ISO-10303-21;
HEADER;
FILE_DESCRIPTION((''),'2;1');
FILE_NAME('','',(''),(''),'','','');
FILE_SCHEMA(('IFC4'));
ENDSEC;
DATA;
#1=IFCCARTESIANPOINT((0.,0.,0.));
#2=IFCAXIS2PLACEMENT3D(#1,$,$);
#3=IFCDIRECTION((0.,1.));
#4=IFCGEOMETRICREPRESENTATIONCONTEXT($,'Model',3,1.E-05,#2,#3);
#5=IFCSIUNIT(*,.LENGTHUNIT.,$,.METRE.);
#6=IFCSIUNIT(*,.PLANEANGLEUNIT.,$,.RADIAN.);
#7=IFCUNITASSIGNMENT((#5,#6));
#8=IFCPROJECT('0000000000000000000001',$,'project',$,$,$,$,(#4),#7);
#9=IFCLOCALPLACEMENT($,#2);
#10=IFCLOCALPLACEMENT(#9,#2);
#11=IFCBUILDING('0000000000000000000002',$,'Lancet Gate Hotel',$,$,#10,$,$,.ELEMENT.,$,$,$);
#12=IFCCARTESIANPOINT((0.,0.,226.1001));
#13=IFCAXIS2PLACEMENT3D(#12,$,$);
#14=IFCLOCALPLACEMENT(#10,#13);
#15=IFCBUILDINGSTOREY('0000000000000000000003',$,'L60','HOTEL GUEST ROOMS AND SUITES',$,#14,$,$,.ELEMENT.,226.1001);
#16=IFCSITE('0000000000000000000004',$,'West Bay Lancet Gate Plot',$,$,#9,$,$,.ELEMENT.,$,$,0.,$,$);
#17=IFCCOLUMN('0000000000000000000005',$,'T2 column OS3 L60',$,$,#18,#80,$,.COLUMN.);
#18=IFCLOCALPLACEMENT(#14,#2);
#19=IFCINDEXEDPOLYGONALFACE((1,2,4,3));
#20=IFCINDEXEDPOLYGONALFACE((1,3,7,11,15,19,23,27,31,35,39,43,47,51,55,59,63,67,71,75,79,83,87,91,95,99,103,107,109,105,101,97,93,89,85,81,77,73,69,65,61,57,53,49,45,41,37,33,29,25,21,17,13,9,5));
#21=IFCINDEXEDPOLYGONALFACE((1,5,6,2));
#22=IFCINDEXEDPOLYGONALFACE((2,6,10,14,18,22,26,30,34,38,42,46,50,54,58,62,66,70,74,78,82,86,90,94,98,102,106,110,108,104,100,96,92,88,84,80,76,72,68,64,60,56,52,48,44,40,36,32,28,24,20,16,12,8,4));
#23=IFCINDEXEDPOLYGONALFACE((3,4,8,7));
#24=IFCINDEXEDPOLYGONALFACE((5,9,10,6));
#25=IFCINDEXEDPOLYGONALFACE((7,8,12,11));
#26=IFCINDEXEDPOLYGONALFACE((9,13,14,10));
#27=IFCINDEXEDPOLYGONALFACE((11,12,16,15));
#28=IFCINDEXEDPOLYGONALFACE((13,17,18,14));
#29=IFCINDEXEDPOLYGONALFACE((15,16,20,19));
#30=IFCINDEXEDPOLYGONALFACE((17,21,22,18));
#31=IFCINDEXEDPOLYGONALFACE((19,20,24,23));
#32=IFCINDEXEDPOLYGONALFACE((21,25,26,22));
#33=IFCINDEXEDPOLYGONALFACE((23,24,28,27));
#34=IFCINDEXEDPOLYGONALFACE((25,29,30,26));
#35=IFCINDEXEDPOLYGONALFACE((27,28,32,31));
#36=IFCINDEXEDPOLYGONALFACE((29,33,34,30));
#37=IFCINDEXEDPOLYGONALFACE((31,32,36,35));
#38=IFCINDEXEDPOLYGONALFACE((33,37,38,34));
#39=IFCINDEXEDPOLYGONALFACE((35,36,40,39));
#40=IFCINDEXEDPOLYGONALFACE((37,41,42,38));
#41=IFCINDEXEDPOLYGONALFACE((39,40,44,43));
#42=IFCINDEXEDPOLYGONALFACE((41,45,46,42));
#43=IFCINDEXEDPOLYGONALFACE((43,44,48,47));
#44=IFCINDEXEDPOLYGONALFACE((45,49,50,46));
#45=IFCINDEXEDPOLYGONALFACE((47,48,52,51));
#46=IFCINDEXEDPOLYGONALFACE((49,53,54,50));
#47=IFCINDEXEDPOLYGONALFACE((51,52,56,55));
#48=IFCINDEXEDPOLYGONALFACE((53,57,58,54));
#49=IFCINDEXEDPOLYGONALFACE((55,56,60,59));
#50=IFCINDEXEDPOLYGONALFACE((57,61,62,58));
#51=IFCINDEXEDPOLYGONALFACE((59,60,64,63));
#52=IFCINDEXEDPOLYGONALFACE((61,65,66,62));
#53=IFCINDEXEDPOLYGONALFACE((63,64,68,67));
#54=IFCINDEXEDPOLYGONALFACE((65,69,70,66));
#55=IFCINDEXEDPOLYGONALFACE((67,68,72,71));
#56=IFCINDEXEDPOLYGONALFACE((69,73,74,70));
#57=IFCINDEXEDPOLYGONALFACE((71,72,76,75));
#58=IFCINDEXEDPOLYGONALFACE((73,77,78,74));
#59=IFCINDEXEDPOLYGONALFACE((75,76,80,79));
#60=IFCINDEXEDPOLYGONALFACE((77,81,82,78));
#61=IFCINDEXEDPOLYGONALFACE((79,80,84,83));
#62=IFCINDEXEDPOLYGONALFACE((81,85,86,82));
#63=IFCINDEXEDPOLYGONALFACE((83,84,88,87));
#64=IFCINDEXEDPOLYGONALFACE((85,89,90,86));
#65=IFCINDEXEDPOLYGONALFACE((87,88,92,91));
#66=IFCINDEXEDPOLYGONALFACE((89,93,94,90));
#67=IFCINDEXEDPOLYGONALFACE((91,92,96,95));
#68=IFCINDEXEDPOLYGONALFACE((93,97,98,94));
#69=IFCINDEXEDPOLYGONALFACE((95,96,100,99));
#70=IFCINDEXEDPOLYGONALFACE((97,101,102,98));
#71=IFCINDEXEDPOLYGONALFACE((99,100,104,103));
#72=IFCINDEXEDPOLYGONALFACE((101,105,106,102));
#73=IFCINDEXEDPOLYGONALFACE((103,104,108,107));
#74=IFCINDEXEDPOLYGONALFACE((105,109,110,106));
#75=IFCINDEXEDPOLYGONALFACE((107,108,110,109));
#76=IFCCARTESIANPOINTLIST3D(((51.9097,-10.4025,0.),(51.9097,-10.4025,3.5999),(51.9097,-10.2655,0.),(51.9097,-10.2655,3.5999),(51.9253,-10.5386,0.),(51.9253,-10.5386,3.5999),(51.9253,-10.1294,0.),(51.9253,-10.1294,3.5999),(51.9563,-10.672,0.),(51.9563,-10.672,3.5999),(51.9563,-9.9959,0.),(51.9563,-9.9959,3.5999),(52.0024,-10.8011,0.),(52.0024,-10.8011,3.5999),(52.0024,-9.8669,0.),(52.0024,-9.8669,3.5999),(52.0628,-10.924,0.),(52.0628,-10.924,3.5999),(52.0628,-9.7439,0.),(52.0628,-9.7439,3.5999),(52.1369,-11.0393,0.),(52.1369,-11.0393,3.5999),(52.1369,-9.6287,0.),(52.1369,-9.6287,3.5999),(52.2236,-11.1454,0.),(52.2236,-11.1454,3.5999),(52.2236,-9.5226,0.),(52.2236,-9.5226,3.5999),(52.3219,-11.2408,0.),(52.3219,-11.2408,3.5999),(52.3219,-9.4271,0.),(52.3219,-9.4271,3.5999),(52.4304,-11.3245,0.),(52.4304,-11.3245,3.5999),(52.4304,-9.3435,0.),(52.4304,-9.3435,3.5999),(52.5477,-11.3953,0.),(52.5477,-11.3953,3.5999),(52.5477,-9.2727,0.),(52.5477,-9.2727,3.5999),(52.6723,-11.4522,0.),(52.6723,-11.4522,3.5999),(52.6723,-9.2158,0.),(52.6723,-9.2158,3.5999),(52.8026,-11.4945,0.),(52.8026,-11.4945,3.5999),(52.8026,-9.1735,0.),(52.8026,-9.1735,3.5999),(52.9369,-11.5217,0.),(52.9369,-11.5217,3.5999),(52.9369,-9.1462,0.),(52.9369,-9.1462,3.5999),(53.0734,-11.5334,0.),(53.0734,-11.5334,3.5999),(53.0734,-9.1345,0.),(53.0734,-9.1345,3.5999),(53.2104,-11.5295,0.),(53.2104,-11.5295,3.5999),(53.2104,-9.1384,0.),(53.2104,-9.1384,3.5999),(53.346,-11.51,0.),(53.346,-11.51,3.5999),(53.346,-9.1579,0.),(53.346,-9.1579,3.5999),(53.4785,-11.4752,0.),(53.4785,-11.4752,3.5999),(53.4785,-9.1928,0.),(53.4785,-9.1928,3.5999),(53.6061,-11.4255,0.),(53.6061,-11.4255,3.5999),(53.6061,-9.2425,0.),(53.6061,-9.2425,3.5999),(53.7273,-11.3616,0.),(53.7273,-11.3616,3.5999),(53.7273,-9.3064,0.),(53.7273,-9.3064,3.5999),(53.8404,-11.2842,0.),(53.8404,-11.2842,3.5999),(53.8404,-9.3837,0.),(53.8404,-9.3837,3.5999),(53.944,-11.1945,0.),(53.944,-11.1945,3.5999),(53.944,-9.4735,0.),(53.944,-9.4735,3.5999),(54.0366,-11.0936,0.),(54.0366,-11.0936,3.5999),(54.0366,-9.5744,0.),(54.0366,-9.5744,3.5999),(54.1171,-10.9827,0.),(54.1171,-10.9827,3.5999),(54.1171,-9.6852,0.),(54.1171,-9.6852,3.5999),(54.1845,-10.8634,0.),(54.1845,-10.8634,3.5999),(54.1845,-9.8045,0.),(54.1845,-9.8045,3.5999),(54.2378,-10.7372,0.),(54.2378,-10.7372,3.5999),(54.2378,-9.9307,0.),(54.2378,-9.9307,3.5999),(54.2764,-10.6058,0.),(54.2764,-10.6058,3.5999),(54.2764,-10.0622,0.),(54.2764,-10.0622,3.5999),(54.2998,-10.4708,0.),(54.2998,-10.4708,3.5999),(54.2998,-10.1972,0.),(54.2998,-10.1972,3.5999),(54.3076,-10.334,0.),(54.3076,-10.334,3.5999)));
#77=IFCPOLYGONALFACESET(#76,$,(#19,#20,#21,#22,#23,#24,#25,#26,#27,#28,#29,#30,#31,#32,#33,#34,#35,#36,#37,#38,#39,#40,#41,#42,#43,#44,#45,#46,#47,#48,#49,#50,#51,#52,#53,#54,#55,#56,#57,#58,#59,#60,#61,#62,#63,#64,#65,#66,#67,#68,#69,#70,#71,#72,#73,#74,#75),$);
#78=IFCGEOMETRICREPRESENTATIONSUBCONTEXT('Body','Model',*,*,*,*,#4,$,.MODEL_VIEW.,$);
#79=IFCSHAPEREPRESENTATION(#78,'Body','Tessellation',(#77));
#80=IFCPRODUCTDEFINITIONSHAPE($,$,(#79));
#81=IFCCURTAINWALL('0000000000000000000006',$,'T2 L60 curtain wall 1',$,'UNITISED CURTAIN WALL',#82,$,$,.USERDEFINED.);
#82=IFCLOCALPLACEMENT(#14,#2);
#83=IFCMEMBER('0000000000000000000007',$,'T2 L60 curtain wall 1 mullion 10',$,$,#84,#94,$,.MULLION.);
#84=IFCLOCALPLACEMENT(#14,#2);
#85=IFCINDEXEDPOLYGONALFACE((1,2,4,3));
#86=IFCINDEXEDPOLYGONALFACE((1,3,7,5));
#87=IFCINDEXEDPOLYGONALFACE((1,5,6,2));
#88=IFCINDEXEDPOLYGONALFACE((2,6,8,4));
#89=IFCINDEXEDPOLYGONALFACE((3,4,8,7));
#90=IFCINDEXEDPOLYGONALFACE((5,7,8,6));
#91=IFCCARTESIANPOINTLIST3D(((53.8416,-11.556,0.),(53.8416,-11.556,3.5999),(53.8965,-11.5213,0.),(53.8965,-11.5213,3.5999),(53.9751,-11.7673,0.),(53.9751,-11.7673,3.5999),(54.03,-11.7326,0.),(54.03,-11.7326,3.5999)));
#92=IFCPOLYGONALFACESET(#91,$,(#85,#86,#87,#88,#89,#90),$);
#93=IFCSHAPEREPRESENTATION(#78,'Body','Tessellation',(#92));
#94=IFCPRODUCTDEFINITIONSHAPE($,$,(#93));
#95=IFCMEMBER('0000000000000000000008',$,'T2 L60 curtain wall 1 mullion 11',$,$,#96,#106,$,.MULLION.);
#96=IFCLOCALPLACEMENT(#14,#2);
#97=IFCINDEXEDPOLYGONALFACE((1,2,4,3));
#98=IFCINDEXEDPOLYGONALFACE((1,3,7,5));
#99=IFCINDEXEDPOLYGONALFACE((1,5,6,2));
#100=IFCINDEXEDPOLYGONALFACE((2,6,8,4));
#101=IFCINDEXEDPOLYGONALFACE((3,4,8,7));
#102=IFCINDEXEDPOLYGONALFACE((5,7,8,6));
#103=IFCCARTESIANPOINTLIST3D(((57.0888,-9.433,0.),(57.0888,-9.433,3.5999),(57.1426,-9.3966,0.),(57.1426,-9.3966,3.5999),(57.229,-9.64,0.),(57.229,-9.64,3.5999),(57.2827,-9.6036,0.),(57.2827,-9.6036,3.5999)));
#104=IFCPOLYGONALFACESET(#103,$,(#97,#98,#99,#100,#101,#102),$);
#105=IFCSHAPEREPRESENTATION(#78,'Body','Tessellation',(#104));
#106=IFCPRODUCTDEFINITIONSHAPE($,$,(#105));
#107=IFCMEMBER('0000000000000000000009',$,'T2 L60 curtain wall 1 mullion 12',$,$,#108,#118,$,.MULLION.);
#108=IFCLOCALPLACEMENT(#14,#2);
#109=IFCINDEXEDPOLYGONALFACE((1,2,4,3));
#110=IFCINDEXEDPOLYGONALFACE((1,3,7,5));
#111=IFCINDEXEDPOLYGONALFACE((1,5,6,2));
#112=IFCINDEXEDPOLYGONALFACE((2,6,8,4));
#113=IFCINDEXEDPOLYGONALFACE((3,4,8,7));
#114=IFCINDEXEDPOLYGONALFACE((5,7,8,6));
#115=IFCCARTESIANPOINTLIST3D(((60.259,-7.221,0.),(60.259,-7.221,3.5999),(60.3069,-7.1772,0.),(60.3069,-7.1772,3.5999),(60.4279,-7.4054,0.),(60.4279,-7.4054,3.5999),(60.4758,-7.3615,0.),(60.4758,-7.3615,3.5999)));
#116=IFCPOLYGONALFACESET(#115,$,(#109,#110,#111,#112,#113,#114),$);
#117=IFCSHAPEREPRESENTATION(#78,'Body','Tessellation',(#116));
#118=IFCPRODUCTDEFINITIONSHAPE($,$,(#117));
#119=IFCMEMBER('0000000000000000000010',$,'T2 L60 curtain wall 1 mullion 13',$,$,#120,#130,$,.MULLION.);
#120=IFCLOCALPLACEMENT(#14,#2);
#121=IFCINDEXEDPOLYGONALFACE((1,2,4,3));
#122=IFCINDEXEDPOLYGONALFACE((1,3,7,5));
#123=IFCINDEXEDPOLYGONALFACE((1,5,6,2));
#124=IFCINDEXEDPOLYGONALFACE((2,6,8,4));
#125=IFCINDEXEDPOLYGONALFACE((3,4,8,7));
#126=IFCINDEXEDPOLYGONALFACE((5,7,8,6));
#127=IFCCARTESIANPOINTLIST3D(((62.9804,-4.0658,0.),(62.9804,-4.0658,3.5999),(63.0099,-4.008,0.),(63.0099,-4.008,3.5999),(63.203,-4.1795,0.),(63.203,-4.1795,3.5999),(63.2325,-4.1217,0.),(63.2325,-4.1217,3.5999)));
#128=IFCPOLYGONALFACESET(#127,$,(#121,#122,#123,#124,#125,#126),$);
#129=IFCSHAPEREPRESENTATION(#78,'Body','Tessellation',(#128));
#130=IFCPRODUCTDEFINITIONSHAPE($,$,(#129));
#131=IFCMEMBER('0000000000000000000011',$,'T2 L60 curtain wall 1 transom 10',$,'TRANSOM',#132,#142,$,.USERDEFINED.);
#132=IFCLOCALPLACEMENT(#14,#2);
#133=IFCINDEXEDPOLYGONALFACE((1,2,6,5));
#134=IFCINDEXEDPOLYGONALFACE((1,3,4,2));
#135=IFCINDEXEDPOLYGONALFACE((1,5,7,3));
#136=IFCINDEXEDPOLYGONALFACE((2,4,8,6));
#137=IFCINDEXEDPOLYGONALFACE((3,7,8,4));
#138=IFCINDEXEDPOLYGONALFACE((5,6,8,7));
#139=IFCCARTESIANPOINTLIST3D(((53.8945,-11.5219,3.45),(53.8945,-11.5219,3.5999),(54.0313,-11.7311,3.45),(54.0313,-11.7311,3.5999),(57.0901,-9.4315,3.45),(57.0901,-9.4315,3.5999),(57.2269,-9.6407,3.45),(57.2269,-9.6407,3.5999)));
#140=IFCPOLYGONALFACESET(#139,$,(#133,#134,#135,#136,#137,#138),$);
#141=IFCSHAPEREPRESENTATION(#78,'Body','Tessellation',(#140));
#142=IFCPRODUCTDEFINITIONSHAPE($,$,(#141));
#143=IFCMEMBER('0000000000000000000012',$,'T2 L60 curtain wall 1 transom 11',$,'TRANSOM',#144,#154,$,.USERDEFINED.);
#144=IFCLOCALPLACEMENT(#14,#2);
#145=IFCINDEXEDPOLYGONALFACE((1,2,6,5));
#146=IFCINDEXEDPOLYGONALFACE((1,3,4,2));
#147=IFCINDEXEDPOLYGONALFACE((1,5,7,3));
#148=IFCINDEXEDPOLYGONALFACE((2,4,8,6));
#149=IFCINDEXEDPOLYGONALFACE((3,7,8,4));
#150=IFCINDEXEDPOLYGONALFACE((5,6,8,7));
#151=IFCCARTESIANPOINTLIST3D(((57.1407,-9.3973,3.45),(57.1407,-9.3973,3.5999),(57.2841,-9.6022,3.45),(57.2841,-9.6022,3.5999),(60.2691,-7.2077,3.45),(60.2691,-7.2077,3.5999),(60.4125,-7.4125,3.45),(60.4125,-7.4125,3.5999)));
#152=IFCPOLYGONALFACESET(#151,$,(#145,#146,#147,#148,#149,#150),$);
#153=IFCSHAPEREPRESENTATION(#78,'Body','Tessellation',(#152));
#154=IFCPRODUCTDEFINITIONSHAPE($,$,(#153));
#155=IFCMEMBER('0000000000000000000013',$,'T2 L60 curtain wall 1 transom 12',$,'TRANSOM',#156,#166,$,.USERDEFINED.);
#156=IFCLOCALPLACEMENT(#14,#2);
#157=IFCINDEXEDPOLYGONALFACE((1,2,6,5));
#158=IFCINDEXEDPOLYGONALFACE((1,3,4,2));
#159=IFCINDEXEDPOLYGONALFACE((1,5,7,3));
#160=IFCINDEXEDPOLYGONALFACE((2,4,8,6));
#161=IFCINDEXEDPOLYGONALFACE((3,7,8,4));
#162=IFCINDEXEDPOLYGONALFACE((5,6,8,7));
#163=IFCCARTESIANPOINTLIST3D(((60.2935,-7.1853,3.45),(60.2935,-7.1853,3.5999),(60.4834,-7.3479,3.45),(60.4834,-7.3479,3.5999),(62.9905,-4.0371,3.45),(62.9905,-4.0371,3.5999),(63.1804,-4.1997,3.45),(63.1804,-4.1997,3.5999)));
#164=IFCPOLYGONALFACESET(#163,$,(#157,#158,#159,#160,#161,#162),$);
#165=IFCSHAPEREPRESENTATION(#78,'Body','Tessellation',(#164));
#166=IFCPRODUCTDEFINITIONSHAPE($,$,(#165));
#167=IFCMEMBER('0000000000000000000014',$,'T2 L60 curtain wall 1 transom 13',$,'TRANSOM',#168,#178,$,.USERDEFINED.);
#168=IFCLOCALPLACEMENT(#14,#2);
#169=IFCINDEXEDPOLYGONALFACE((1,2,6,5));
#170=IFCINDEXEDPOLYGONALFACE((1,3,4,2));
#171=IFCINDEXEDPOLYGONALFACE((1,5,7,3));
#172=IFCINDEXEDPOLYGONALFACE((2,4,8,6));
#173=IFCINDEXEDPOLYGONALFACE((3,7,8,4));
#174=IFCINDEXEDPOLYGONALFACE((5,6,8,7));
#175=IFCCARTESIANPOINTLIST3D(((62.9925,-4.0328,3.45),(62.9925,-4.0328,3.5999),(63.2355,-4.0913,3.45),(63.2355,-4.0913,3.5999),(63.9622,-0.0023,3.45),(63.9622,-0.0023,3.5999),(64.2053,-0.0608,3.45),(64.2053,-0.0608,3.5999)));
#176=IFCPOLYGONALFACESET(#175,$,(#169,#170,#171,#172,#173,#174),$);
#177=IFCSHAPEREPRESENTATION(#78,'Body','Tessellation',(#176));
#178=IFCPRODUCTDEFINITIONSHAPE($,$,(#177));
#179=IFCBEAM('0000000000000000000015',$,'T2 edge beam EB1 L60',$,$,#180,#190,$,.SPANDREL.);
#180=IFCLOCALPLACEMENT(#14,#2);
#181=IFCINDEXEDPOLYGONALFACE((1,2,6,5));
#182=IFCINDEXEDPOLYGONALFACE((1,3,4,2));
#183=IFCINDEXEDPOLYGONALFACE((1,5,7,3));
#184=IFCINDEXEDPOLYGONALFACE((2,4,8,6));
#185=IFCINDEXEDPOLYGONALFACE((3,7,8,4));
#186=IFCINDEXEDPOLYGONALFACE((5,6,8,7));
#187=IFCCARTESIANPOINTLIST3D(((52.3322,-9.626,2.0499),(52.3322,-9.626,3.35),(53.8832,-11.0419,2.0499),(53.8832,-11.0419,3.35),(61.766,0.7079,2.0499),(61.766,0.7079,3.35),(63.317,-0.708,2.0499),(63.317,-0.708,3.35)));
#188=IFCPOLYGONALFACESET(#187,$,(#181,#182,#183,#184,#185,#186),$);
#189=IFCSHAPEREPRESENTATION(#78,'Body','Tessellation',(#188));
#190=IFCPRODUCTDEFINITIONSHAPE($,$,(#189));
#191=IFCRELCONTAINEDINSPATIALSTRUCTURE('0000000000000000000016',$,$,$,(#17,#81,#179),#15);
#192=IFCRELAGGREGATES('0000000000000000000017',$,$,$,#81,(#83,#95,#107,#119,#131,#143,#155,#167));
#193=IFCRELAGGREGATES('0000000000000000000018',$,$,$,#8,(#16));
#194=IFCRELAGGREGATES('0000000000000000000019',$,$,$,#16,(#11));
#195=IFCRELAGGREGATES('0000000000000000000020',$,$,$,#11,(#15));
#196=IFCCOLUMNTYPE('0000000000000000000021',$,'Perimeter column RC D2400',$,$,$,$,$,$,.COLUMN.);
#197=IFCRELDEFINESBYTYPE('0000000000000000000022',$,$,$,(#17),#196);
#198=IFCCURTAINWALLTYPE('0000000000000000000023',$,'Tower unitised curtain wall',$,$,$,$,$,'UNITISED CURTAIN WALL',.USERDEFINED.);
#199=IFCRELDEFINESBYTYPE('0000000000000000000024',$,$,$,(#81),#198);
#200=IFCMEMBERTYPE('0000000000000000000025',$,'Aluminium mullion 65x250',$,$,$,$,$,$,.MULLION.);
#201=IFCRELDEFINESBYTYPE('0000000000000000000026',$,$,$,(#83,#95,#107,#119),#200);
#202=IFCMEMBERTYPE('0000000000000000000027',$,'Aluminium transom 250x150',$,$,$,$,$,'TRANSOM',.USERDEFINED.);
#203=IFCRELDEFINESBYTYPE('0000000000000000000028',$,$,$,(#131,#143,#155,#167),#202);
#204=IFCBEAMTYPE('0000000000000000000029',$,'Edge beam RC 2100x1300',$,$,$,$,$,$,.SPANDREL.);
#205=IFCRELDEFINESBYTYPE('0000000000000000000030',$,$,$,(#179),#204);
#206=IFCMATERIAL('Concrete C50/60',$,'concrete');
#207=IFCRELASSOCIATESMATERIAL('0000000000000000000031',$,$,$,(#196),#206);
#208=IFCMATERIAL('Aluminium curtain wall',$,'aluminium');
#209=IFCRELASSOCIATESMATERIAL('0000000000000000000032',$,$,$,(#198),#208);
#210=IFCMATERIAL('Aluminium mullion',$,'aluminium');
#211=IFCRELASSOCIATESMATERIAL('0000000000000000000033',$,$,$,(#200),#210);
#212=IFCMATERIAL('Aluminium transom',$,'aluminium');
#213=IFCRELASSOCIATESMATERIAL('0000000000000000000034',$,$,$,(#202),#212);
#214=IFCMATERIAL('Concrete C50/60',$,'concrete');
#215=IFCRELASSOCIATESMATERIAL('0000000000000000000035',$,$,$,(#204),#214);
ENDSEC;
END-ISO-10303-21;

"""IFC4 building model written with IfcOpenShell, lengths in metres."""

from ifc_helpers import new_model, si_unit, direction, frame, origin, origin_2d, place, context, subcontext, project, spatial, rectangle, circle, extrude, material, material_profile, profile_set, type_object, element, aggregate, save


model = new_model("IFC4")

# Units and contexts
model_context = context("Model", 3, precision=1e-05, world=origin(), true_north=direction((0.0, 1.0)))
body_context = subcontext(model_context, "Body", "Model", "MODEL_VIEW")
ifc_project = project(units=[si_unit("LENGTHUNIT", "METRE"), si_unit("PLANEANGLEUNIT", "RADIAN")], contexts=[model_context])

# Site, building, storey
site_placement = place(None, origin())
site = spatial("IfcSite", under=ifc_project, at=site_placement, Name="West Bay Lancet Gate Plot", CompositionType="ELEMENT", RefElevation=0.0)
building_placement = place(site_placement, origin())
building = spatial("IfcBuilding", under=site, at=building_placement, Name="Lancet Gate Hotel", CompositionType="ELEMENT")
storey_placement = place(building_placement, frame((0.0, 0.0, 226.1001)))
storey = spatial("IfcBuildingStorey", under=building, at=storey_placement, Name="L60", Description="HOTEL GUEST ROOMS AND SUITES", CompositionType="ELEMENT", Elevation=226.1001)

# Column
ifc_material_1 = material(Name="Concrete C50/60", Category="concrete")
ifc_material_profile_1 = material_profile(ifc_material_1, circle(Radius=1.2, at=origin_2d()), Name="RC D2400")
ifc_profile_set_1 = profile_set([ifc_material_profile_1], Name="Concrete C50/60")
column_type = type_object("IfcColumnType", Name="Perimeter column RC D2400", PredefinedType="COLUMN", material=ifc_profile_set_1)
column_placement = place(storey_placement, frame((53.1077, -10.334, 0.0), z_axis=(0.0, 0.0, 1.0), x_axis=(1.0, 0.0, 0.0)))
element("IfcColumn", 1, at=column_placement, inside=storey, type_object=column_type, Name="T2 column OS3 L60", PredefinedType="COLUMN", context=body_context, shape_type="SweptSolid", body=[
    extrude(circle(Radius=1.2, at=origin_2d()), origin(), (0.0, 0.0, 1.0), 3.5999),
])

# Curtain wall, members
ifc_material_2 = material(Name="Aluminium curtain wall", Category="aluminium")
curtain_wall_type = type_object("IfcCurtainWallType", Name="Tower unitised curtain wall", ElementType="UNITISED CURTAIN WALL", PredefinedType="USERDEFINED", material=ifc_material_2)
curtain_wall_placement = place(storey_placement, origin())
curtain_wall = element("IfcCurtainWall", 2, at=curtain_wall_placement, inside=storey, type_object=curtain_wall_type, Name="T2 L60 curtain wall 1", ObjectType="UNITISED CURTAIN WALL", PredefinedType="USERDEFINED")
ifc_material_3 = material(Name="Aluminium mullion", Category="aluminium")
ifc_material_profile_2 = material_profile(ifc_material_3, rectangle(XDim=0.0649, YDim=0.25, at=origin_2d()), Name="MULLION 65x250")
ifc_profile_set_2 = profile_set([ifc_material_profile_2], Name="Aluminium mullion")
member_type_1 = type_object("IfcMemberType", Name="Aluminium mullion 65x250", PredefinedType="MULLION", material=ifc_profile_set_2)
member_1_placement = place(storey_placement, frame((53.9358, -11.6443, 0.0), z_axis=(0.0, 0.0, 1.0), x_axis=(0.84534, 0.534229, 0.0)))
member_1 = element("IfcMember", 3, at=member_1_placement, type_object=member_type_1, Name="T2 L60 curtain wall 1 mullion 10", PredefinedType="MULLION", context=body_context, shape_type="SweptSolid", body=[
    extrude(rectangle(XDim=0.0649, YDim=0.25, at=origin_2d()), origin(), (0.0, 0.0, 1.0), 3.5999),
])
member_2_placement = place(storey_placement, frame((57.1858, -9.5183, 0.0), z_axis=(0.0, 0.0, 1.0), x_axis=(0.828155, 0.5605, 0.0)))
member_2 = element("IfcMember", 4, at=member_2_placement, type_object=member_type_1, Name="T2 L60 curtain wall 1 mullion 11", PredefinedType="MULLION", context=body_context, shape_type="SweptSolid", body=[
    extrude(rectangle(XDim=0.0649, YDim=0.25, at=origin_2d()), origin(), (0.0, 0.0, 1.0), 3.5999),
])
member_3_placement = place(storey_placement, frame((60.3674, -7.2913, 0.0), z_axis=(0.0, 0.0, 1.0), x_axis=(0.737323, 0.67554, 0.0)))
member_3 = element("IfcMember", 5, at=member_3_placement, type_object=member_type_1, Name="T2 L60 curtain wall 1 mullion 12", PredefinedType="MULLION", context=body_context, shape_type="SweptSolid", body=[
    extrude(rectangle(XDim=0.0649, YDim=0.25, at=origin_2d()), origin(), (0.0, 0.0, 1.0), 3.5999),
])
member_4_placement = place(storey_placement, frame((63.1064, -4.0938, 0.0), z_axis=(0.0, 0.0, 1.0), x_axis=(0.454853, 0.890567, 0.0)))
member_4 = element("IfcMember", 6, at=member_4_placement, type_object=member_type_1, Name="T2 L60 curtain wall 1 mullion 13", PredefinedType="MULLION", context=body_context, shape_type="SweptSolid", body=[
    extrude(rectangle(XDim=0.0649, YDim=0.25, at=origin_2d()), origin(), (0.0, 0.0, 1.0), 3.5999),
])
ifc_material_4 = material(Name="Aluminium transom", Category="aluminium")
ifc_material_profile_3 = material_profile(ifc_material_4, rectangle(XDim=0.25, YDim=0.1499, at=origin_2d()), Name="TRANSOM 250x150")
ifc_profile_set_3 = profile_set([ifc_material_profile_3], Name="Aluminium transom")
member_type_2 = type_object("IfcMemberType", Name="Aluminium transom 250x150", ElementType="TRANSOM", PredefinedType="USERDEFINED", material=ifc_profile_set_3)
member_5_placement = place(storey_placement, frame((53.9629, -11.6265, 3.5249), z_axis=(0.836858, 0.54742, 0.0), x_axis=(-0.54742, 0.836858, 0.0)))
member_5 = element("IfcMember", 7, at=member_5_placement, type_object=member_type_2, Name="T2 L60 curtain wall 1 transom 10", ObjectType="TRANSOM", PredefinedType="USERDEFINED", context=body_context, shape_type="SweptSolid", body=[
    extrude(rectangle(XDim=0.25, YDim=0.1499, at=origin_2d()), origin(), (0.0, 0.0, 1.0), 3.8186),
])
member_6_placement = place(storey_placement, frame((57.2124, -9.4998, 3.5249), z_axis=(0.819256, 0.573428, 0.0), x_axis=(-0.573428, 0.819256, 0.0)))
member_6 = element("IfcMember", 8, at=member_6_placement, type_object=member_type_2, Name="T2 L60 curtain wall 1 transom 11", ObjectType="TRANSOM", PredefinedType="USERDEFINED", context=body_context, shape_type="SweptSolid", body=[
    extrude(rectangle(XDim=0.25, YDim=0.1499, at=origin_2d()), origin(), (0.0, 0.0, 1.0), 3.8186),
])
member_7_placement = place(storey_placement, frame((60.3884, -7.2666, 3.5249), z_axis=(0.650593, 0.759427, 0.0), x_axis=(-0.759427, 0.650593, 0.0)))
member_7 = element("IfcMember", 9, at=member_7_placement, type_object=member_type_2, Name="T2 L60 curtain wall 1 transom 12", ObjectType="TRANSOM", PredefinedType="USERDEFINED", context=body_context, shape_type="SweptSolid", body=[
    extrude(rectangle(XDim=0.25, YDim=0.1499, at=origin_2d()), origin(), (0.0, 0.0, 1.0), 4.1455),
])
member_8_placement = place(storey_placement, frame((63.114, -4.062, 3.5249), z_axis=(0.233921, 0.972256, 0.0), x_axis=(-0.972256, 0.233921, 0.0)))
member_8 = element("IfcMember", 10, at=member_8_placement, type_object=member_type_2, Name="T2 L60 curtain wall 1 transom 13", ObjectType="TRANSOM", PredefinedType="USERDEFINED", context=body_context, shape_type="SweptSolid", body=[
    extrude(rectangle(XDim=0.25, YDim=0.1499, at=origin_2d()), origin(), (0.0, 0.0, 1.0), 4.1455),
])

# Beam
ifc_material_5 = material(Name="Concrete C50/60", Category="concrete")
ifc_material_profile_4 = material_profile(ifc_material_5, rectangle(XDim=2.1001, YDim=1.3, at=origin_2d()), Name="RC 2100x1300")
ifc_profile_set_4 = profile_set([ifc_material_profile_4], Name="Concrete C50/60")
beam_type_1 = type_object("IfcBeamType", Name="Edge beam RC 2100x1300", PredefinedType="SPANDREL", material=ifc_profile_set_4)
beam_1_placement = place(storey_placement, frame((53.1077, -10.334, 2.7), z_axis=(0.674209, 0.73854, 0.0), x_axis=(-0.73854, 0.674209, 0.0)))
element("IfcBeam", 11, at=beam_1_placement, inside=storey, type_object=beam_type_1, Name="T2 edge beam EB1 L60", PredefinedType="SPANDREL", context=body_context, shape_type="SweptSolid", body=[
    extrude(rectangle(XDim=2.1001, YDim=1.3, at=origin_2d()), origin(), (0.0, 0.0, 1.0), 13.9924),
])

aggregate(curtain_wall, [member_1, member_2, member_3, member_4, member_5, member_6, member_7, member_8])

save(model, "model.ifc")
